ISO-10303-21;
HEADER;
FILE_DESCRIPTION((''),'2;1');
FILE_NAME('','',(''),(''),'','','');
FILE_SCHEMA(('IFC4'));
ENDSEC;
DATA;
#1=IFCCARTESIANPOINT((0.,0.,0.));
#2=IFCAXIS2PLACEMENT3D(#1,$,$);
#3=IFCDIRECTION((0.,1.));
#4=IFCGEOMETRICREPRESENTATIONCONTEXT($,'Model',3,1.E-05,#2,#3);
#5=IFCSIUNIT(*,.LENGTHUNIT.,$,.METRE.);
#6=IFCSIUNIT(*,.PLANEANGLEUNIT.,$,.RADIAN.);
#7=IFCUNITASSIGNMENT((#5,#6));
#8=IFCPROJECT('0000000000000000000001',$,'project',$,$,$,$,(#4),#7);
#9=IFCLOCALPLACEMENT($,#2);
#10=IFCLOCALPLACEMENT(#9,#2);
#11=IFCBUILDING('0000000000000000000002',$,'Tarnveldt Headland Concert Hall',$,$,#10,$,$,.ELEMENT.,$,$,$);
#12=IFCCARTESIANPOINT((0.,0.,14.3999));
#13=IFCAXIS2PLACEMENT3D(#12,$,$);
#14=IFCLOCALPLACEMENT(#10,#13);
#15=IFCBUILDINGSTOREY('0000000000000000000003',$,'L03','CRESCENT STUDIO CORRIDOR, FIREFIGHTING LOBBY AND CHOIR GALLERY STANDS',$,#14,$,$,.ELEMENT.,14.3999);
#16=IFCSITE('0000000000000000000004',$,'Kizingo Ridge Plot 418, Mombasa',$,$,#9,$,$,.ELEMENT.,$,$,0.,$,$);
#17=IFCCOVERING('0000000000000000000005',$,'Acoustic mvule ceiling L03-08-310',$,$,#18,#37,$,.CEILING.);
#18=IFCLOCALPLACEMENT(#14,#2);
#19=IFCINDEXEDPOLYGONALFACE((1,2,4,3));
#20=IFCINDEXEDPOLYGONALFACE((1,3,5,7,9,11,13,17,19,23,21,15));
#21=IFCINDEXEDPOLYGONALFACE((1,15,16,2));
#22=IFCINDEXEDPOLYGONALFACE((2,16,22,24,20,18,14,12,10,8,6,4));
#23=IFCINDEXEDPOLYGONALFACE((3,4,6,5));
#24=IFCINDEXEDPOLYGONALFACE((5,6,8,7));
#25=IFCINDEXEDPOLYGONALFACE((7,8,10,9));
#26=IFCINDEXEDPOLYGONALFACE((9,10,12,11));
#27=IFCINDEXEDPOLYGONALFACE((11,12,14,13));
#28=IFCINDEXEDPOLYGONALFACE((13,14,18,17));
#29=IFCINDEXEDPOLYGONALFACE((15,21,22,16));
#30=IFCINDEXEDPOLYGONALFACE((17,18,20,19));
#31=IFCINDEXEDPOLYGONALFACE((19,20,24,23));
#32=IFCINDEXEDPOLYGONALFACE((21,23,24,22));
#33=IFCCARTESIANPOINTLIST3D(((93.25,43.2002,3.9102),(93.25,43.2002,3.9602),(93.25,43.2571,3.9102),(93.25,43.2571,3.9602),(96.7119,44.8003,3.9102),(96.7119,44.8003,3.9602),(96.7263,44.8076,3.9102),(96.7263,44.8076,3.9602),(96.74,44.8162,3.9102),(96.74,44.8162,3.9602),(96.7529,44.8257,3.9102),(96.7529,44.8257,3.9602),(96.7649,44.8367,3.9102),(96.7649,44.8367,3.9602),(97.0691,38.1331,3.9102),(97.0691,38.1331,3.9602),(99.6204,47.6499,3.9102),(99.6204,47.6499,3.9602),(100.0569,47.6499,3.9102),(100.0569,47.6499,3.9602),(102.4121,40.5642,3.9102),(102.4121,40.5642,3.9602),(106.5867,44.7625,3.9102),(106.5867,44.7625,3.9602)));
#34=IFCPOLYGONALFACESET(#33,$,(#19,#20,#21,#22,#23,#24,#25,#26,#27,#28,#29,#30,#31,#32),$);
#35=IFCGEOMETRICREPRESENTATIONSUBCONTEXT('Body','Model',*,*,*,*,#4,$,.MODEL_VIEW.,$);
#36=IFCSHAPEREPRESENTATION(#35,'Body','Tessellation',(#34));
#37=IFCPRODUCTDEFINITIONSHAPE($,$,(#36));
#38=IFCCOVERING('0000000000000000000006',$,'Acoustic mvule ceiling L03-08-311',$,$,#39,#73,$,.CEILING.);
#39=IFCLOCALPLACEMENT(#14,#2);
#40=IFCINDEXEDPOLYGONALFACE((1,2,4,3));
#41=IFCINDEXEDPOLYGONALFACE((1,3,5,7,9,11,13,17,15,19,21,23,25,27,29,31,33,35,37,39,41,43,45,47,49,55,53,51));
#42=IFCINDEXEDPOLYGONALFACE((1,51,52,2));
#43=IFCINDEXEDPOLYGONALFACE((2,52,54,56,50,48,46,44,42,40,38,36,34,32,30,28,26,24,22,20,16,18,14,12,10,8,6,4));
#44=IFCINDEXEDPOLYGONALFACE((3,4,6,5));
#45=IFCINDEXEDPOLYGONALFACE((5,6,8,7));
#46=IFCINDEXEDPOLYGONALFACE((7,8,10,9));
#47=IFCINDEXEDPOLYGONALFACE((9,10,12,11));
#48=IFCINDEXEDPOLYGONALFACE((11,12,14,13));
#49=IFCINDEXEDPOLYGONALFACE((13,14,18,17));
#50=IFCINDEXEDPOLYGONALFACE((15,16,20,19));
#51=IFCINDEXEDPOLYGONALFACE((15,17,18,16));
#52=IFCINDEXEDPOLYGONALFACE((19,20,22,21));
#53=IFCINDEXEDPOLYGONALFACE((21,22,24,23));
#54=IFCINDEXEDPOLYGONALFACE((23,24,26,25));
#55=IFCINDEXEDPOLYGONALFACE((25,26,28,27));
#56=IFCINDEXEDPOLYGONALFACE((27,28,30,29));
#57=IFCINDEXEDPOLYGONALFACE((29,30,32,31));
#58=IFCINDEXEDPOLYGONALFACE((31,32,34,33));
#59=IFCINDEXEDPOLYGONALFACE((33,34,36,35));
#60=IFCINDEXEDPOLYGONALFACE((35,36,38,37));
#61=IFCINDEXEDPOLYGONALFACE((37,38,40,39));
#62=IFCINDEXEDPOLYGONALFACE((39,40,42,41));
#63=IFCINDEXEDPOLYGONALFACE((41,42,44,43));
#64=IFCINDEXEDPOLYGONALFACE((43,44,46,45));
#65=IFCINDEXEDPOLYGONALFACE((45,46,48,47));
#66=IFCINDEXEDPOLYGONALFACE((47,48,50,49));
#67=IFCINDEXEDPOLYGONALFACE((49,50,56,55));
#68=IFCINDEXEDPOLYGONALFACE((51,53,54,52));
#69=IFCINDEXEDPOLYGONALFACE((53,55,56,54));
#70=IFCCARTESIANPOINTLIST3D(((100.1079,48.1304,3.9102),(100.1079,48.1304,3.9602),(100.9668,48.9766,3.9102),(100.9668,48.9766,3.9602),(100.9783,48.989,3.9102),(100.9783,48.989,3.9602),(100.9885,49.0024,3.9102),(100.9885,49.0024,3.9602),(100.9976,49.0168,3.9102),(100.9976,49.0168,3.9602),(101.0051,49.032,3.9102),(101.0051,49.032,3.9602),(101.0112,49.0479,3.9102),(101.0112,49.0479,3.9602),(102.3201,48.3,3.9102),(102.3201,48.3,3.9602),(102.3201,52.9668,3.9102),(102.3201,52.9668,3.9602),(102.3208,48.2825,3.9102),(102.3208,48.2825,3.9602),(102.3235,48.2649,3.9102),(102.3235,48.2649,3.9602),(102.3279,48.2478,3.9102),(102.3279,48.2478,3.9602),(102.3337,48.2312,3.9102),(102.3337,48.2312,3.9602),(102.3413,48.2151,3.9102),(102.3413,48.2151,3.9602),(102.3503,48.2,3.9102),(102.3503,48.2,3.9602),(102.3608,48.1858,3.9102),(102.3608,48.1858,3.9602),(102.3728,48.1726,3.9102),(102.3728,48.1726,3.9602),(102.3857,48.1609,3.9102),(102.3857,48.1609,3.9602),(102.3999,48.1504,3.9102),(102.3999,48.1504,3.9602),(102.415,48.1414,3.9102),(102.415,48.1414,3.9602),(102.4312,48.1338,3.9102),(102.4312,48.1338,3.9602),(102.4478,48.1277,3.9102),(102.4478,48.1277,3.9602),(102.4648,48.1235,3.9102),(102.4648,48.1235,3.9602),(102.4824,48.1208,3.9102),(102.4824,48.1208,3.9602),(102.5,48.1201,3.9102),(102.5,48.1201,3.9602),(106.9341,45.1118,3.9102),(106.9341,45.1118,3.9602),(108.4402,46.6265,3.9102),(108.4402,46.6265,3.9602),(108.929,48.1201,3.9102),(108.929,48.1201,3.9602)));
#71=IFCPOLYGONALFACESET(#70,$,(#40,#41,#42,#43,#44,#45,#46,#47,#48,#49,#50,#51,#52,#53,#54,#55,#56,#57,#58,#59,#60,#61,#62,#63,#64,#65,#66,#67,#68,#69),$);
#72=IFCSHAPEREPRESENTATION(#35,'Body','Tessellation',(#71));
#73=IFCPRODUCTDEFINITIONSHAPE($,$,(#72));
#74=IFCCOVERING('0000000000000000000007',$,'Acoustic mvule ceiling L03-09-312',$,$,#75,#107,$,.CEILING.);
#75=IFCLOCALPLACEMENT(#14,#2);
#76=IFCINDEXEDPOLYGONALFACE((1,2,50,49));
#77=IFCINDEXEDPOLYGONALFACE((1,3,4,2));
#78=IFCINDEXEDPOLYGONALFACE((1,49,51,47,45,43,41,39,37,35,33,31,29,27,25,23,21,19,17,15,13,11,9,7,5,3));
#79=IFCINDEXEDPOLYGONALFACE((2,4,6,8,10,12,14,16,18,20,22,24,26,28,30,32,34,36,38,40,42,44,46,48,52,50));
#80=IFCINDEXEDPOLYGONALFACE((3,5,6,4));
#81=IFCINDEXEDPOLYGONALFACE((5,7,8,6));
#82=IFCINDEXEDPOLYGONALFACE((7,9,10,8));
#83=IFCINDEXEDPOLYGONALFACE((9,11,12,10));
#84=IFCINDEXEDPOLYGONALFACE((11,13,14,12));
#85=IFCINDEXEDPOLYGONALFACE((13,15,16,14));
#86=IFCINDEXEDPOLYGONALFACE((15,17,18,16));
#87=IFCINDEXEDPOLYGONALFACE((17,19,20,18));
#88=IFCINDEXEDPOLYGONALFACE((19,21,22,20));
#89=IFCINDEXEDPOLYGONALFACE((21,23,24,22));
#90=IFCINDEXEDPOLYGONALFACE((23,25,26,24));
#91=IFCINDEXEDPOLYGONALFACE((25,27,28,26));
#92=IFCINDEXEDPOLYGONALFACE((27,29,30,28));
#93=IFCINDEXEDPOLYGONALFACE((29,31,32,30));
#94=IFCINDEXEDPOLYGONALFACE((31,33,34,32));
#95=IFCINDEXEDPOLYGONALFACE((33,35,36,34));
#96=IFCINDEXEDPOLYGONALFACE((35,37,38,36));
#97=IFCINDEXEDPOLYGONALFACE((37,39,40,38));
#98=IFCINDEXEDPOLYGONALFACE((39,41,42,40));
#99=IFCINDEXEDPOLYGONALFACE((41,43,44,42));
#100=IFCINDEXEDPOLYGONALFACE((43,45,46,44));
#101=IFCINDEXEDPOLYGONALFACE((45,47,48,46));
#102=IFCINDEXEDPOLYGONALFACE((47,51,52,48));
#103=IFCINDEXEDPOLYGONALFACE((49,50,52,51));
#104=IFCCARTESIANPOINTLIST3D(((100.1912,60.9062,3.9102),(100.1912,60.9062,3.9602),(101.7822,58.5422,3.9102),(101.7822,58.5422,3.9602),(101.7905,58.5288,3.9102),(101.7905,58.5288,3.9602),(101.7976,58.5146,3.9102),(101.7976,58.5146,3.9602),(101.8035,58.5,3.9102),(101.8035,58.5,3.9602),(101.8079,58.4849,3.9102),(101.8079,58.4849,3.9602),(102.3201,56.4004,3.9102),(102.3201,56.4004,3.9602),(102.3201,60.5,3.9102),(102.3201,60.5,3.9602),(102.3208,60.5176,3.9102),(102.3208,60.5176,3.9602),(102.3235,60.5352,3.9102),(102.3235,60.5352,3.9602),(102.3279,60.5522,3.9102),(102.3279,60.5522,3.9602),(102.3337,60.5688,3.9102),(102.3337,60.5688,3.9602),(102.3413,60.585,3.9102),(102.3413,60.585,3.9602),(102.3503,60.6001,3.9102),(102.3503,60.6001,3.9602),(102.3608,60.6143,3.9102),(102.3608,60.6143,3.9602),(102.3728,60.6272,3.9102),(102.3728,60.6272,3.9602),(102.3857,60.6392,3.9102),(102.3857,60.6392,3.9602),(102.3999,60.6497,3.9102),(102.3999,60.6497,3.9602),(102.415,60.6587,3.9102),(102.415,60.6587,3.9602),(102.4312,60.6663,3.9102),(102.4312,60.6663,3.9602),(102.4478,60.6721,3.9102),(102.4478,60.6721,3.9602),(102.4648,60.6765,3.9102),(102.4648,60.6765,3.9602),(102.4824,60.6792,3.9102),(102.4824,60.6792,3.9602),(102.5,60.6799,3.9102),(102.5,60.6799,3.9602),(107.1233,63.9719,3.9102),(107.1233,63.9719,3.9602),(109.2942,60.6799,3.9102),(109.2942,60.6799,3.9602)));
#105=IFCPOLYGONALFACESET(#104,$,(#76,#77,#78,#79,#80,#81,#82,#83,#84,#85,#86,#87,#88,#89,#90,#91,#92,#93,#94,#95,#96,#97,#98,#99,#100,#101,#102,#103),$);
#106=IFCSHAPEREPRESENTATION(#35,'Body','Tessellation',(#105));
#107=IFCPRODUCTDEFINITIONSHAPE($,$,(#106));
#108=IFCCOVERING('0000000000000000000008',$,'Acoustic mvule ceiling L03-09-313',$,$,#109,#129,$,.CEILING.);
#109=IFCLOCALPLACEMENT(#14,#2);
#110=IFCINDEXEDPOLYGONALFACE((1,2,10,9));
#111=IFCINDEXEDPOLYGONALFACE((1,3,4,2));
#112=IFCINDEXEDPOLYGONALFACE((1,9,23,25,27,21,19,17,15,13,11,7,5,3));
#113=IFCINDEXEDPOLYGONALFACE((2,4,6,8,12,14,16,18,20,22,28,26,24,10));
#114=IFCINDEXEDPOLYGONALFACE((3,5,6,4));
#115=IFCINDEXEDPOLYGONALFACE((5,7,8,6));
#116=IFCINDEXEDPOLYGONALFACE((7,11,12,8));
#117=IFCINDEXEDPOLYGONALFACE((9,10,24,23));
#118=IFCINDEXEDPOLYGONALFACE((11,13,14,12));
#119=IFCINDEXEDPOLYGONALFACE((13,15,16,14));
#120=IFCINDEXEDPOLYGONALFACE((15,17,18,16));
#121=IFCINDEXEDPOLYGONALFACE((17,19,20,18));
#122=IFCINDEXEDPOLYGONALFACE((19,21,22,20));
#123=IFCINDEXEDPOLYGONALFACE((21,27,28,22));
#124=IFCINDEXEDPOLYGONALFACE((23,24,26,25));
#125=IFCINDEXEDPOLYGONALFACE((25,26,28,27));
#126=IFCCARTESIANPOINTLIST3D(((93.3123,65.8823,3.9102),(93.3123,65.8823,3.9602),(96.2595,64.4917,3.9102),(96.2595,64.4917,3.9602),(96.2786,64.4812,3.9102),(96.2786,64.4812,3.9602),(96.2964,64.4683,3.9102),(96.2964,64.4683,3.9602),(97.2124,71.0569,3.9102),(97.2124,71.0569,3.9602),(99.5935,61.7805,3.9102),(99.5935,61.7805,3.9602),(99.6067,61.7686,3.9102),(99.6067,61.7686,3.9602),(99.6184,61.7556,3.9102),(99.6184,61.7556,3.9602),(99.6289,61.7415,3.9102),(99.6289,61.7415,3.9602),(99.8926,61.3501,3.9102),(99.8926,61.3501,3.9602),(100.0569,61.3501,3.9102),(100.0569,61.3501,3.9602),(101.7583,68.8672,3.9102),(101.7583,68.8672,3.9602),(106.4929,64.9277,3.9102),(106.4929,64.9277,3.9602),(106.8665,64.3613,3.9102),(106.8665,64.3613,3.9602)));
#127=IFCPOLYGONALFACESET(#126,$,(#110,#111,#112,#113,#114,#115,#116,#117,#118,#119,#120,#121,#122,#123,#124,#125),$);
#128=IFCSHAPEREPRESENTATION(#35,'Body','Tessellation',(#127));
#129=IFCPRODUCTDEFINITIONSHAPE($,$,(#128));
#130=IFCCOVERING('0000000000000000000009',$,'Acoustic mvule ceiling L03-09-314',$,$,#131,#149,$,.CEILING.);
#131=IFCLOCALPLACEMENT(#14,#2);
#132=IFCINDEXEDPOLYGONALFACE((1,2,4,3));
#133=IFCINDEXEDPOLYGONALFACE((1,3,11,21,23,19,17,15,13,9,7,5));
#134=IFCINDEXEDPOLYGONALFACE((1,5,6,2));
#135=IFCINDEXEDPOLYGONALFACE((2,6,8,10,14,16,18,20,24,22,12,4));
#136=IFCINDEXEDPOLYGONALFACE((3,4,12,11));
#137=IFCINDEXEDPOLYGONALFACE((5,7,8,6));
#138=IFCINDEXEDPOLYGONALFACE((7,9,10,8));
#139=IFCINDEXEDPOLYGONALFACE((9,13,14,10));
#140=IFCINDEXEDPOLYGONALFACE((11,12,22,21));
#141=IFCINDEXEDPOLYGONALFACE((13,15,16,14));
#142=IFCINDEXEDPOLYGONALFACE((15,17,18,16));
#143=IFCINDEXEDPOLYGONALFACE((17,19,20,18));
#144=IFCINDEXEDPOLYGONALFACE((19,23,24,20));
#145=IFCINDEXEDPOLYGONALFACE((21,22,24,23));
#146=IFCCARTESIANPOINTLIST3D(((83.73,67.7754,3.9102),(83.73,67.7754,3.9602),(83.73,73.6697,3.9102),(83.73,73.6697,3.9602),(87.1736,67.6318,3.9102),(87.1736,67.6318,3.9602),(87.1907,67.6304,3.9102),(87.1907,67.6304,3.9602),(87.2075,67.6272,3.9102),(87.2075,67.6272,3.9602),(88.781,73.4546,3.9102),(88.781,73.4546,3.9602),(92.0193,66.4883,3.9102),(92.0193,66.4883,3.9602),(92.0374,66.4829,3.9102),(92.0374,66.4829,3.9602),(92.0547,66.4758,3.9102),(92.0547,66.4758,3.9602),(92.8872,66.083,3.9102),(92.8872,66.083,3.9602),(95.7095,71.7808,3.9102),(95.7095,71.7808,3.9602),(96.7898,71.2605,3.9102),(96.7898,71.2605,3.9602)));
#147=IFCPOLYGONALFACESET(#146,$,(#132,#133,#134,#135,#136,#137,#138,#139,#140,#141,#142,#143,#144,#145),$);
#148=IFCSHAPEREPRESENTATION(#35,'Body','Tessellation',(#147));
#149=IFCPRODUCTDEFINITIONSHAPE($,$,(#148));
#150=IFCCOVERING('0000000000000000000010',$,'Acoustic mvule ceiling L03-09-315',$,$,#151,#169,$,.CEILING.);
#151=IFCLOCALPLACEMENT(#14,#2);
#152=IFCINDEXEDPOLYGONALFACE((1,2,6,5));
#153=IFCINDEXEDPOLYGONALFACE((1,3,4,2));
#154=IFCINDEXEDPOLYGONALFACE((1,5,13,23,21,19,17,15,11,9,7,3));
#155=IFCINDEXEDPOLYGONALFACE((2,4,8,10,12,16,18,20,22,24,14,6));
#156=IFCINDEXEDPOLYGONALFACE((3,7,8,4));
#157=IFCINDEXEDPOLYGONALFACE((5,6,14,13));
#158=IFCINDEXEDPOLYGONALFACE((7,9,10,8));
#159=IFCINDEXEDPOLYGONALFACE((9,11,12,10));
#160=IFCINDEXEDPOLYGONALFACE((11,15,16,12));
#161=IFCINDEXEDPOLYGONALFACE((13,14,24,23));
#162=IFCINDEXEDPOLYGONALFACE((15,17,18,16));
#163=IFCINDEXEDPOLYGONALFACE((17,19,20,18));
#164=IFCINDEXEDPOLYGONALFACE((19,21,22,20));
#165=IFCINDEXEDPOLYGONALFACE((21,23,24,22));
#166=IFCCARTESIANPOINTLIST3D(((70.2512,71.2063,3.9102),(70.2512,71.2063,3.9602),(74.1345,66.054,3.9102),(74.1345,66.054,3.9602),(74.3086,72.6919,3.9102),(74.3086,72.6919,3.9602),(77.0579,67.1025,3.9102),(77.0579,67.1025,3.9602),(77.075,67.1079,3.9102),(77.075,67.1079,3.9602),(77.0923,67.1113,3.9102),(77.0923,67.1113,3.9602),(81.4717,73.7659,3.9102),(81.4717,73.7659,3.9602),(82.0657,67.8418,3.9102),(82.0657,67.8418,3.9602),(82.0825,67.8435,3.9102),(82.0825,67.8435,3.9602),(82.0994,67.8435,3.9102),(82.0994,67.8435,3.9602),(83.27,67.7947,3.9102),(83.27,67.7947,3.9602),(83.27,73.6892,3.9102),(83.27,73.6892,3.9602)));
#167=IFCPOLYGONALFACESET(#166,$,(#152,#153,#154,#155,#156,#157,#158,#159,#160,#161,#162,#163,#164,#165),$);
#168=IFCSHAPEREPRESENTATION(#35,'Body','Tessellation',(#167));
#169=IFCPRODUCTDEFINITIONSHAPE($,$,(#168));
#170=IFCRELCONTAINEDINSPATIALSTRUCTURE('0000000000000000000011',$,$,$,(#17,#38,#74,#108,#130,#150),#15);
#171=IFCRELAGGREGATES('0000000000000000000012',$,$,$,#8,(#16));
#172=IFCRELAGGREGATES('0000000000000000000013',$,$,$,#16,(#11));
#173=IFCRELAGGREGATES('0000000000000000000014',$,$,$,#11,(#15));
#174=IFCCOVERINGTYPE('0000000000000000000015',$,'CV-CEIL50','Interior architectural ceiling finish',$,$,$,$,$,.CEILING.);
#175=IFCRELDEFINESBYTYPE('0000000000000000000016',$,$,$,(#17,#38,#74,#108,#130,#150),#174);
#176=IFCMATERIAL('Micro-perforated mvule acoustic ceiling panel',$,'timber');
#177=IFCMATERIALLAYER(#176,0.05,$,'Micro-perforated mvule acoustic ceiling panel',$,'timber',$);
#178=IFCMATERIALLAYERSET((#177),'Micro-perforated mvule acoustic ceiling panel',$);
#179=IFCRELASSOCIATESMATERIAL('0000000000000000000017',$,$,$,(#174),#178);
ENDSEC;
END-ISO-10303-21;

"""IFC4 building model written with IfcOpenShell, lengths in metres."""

from ifc_helpers import new_model, si_unit, direction, frame, origin, place, context, subcontext, project, spatial, polyline, outline, extrude, material, layer, layer_set, type_object, element, save


model = new_model("IFC4")

# Units and contexts
model_context = context("Model", 3, precision=1e-05, world=origin(), true_north=direction((0.0, 1.0)))
body_context = subcontext(model_context, "Body", "Model", "MODEL_VIEW")
ifc_project = project(units=[si_unit("LENGTHUNIT", "METRE"), si_unit("PLANEANGLEUNIT", "RADIAN")], contexts=[model_context])

# Site, building, storey
site_placement = place(None, origin())
site = spatial("IfcSite", under=ifc_project, at=site_placement, Name="Kizingo Ridge Plot 418, Mombasa", CompositionType="ELEMENT", RefElevation=0.0)
building_placement = place(site_placement, origin())
building = spatial("IfcBuilding", under=site, at=building_placement, Name="Tarnveldt Headland Concert Hall", CompositionType="ELEMENT")
storey_placement = place(building_placement, frame((0.0, 0.0, 14.3999)))
storey = spatial("IfcBuildingStorey", under=building, at=storey_placement, Name="L03", Description="CRESCENT STUDIO CORRIDOR, FIREFIGHTING LOBBY AND CHOIR GALLERY STANDS", CompositionType="ELEMENT", Elevation=14.3999)

# Coverings
ifc_material_1 = material(Name="Micro-perforated mvule acoustic ceiling panel", Category="timber")
ifc_layer_1 = layer(ifc_material_1, 0.05, Name="Micro-perforated mvule acoustic ceiling panel", Category="timber")
ifc_layer_set_1 = layer_set([ifc_layer_1], Name="Micro-perforated mvule acoustic ceiling panel")
covering_type_1 = type_object("IfcCoveringType", Name="CV-CEIL50", Description="Interior architectural ceiling finish", PredefinedType="CEILING", material=ifc_layer_set_1)
covering_1_placement = place(storey_placement, frame((0.0, 0.0, 3.9102)))
element("IfcCovering", 1, at=covering_1_placement, inside=storey, type_object=covering_type_1, Name="Acoustic mvule ceiling L03-08-310", PredefinedType="CEILING", context=body_context, shape_type="SweptSolid", body=[
    extrude(outline(polyline([(96.7263, 44.8076), (96.74, 44.8162), (96.7529, 44.8257), (96.7649, 44.8367), (99.6204, 47.6499), (100.0569, 47.6499), (106.5867, 44.7625), (102.4121, 40.5642), (97.0691, 38.1331), (93.25, 43.2002), (93.25, 43.2571), (96.7119, 44.8003), (96.7263, 44.8076)])), origin(), (0.0, 0.0, 1.0), 0.05),
])
covering_2_placement = place(storey_placement, frame((0.0, 0.0, 3.9102)))
element("IfcCovering", 2, at=covering_2_placement, inside=storey, type_object=covering_type_1, Name="Acoustic mvule ceiling L03-08-311", PredefinedType="CEILING", context=body_context, shape_type="SweptSolid", body=[
    extrude(outline(polyline([(100.9783, 48.989), (100.9885, 49.0024), (100.9976, 49.0168), (101.0051, 49.032), (101.0112, 49.0479), (102.3201, 52.9668), (102.3201, 48.3), (102.3208, 48.2825), (102.3235, 48.2649), (102.3279, 48.2478), (102.3337, 48.2312), (102.3413, 48.2151), (102.3503, 48.2), (102.3608, 48.1858), (102.3728, 48.1726), (102.3857, 48.1609), (102.3999, 48.1504), (102.415, 48.1414), (102.4312, 48.1338), (102.4478, 48.1277), (102.4648, 48.1235), (102.4824, 48.1208), (102.5, 48.1201), (108.929, 48.1201), (108.4402, 46.6265), (106.9341, 45.1118), (100.1079, 48.1304), (100.9668, 48.9766), (100.9783, 48.989)])), origin(), (0.0, 0.0, 1.0), 0.05),
])
covering_3_placement = place(storey_placement, frame((0.0, 0.0, 3.9102)))
element("IfcCovering", 3, at=covering_3_placement, inside=storey, type_object=covering_type_1, Name="Acoustic mvule ceiling L03-09-312", PredefinedType="CEILING", context=body_context, shape_type="SweptSolid", body=[
    extrude(outline(polyline([(109.2942, 60.6799), (102.5, 60.6799), (102.4824, 60.6792), (102.4648, 60.6765), (102.4478, 60.6721), (102.4312, 60.6663), (102.415, 60.6587), (102.3999, 60.6497), (102.3857, 60.6392), (102.3728, 60.6272), (102.3608, 60.6143), (102.3503, 60.6001), (102.3413, 60.585), (102.3337, 60.5688), (102.3279, 60.5522), (102.3235, 60.5352), (102.3208, 60.5176), (102.3201, 60.5), (102.3201, 56.4004), (101.8079, 58.4849), (101.8035, 58.5), (101.7976, 58.5146), (101.7905, 58.5288), (101.7822, 58.5422), (100.1912, 60.9062), (107.1233, 63.9719), (109.2942, 60.6799)])), origin(), (0.0, 0.0, 1.0), 0.05),
])
covering_4_placement = place(storey_placement, frame((0.0, 0.0, 3.9102)))
element("IfcCovering", 4, at=covering_4_placement, inside=storey, type_object=covering_type_1, Name="Acoustic mvule ceiling L03-09-313", PredefinedType="CEILING", context=body_context, shape_type="SweptSolid", body=[
    extrude(outline(polyline([(99.5935, 61.7805), (96.2964, 64.4683), (96.2786, 64.4812), (96.2595, 64.4917), (93.3123, 65.8823), (97.2124, 71.0569), (101.7583, 68.8672), (106.4929, 64.9277), (106.8665, 64.3613), (100.0569, 61.3501), (99.8926, 61.3501), (99.6289, 61.7415), (99.6184, 61.7556), (99.6067, 61.7686), (99.5935, 61.7805)])), origin(), (0.0, 0.0, 1.0), 0.05),
])
covering_5_placement = place(storey_placement, frame((0.0, 0.0, 3.9102)))
element("IfcCovering", 5, at=covering_5_placement, inside=storey, type_object=covering_type_1, Name="Acoustic mvule ceiling L03-09-314", PredefinedType="CEILING", context=body_context, shape_type="SweptSolid", body=[
    extrude(outline(polyline([(87.2075, 67.6272), (87.1907, 67.6304), (87.1736, 67.6318), (83.73, 67.7754), (83.73, 73.6697), (88.781, 73.4546), (95.7095, 71.7808), (96.7898, 71.2605), (92.8872, 66.083), (92.0547, 66.4758), (92.0374, 66.4829), (92.0193, 66.4883), (87.2075, 67.6272)])), origin(), (0.0, 0.0, 1.0), 0.05),
])
covering_6_placement = place(storey_placement, frame((0.0, 0.0, 3.9102)))
element("IfcCovering", 6, at=covering_6_placement, inside=storey, type_object=covering_type_1, Name="Acoustic mvule ceiling L03-09-315", PredefinedType="CEILING", context=body_context, shape_type="SweptSolid", body=[
    extrude(outline(polyline([(82.0657, 67.8418), (77.0923, 67.1113), (77.075, 67.1079), (77.0579, 67.1025), (74.1345, 66.054), (70.2512, 71.2063), (74.3086, 72.6919), (81.4717, 73.7659), (83.27, 73.6892), (83.27, 67.7947), (82.0994, 67.8435), (82.0825, 67.8435), (82.0657, 67.8418)])), origin(), (0.0, 0.0, 1.0), 0.05),
])

save(model, "model.ifc")
